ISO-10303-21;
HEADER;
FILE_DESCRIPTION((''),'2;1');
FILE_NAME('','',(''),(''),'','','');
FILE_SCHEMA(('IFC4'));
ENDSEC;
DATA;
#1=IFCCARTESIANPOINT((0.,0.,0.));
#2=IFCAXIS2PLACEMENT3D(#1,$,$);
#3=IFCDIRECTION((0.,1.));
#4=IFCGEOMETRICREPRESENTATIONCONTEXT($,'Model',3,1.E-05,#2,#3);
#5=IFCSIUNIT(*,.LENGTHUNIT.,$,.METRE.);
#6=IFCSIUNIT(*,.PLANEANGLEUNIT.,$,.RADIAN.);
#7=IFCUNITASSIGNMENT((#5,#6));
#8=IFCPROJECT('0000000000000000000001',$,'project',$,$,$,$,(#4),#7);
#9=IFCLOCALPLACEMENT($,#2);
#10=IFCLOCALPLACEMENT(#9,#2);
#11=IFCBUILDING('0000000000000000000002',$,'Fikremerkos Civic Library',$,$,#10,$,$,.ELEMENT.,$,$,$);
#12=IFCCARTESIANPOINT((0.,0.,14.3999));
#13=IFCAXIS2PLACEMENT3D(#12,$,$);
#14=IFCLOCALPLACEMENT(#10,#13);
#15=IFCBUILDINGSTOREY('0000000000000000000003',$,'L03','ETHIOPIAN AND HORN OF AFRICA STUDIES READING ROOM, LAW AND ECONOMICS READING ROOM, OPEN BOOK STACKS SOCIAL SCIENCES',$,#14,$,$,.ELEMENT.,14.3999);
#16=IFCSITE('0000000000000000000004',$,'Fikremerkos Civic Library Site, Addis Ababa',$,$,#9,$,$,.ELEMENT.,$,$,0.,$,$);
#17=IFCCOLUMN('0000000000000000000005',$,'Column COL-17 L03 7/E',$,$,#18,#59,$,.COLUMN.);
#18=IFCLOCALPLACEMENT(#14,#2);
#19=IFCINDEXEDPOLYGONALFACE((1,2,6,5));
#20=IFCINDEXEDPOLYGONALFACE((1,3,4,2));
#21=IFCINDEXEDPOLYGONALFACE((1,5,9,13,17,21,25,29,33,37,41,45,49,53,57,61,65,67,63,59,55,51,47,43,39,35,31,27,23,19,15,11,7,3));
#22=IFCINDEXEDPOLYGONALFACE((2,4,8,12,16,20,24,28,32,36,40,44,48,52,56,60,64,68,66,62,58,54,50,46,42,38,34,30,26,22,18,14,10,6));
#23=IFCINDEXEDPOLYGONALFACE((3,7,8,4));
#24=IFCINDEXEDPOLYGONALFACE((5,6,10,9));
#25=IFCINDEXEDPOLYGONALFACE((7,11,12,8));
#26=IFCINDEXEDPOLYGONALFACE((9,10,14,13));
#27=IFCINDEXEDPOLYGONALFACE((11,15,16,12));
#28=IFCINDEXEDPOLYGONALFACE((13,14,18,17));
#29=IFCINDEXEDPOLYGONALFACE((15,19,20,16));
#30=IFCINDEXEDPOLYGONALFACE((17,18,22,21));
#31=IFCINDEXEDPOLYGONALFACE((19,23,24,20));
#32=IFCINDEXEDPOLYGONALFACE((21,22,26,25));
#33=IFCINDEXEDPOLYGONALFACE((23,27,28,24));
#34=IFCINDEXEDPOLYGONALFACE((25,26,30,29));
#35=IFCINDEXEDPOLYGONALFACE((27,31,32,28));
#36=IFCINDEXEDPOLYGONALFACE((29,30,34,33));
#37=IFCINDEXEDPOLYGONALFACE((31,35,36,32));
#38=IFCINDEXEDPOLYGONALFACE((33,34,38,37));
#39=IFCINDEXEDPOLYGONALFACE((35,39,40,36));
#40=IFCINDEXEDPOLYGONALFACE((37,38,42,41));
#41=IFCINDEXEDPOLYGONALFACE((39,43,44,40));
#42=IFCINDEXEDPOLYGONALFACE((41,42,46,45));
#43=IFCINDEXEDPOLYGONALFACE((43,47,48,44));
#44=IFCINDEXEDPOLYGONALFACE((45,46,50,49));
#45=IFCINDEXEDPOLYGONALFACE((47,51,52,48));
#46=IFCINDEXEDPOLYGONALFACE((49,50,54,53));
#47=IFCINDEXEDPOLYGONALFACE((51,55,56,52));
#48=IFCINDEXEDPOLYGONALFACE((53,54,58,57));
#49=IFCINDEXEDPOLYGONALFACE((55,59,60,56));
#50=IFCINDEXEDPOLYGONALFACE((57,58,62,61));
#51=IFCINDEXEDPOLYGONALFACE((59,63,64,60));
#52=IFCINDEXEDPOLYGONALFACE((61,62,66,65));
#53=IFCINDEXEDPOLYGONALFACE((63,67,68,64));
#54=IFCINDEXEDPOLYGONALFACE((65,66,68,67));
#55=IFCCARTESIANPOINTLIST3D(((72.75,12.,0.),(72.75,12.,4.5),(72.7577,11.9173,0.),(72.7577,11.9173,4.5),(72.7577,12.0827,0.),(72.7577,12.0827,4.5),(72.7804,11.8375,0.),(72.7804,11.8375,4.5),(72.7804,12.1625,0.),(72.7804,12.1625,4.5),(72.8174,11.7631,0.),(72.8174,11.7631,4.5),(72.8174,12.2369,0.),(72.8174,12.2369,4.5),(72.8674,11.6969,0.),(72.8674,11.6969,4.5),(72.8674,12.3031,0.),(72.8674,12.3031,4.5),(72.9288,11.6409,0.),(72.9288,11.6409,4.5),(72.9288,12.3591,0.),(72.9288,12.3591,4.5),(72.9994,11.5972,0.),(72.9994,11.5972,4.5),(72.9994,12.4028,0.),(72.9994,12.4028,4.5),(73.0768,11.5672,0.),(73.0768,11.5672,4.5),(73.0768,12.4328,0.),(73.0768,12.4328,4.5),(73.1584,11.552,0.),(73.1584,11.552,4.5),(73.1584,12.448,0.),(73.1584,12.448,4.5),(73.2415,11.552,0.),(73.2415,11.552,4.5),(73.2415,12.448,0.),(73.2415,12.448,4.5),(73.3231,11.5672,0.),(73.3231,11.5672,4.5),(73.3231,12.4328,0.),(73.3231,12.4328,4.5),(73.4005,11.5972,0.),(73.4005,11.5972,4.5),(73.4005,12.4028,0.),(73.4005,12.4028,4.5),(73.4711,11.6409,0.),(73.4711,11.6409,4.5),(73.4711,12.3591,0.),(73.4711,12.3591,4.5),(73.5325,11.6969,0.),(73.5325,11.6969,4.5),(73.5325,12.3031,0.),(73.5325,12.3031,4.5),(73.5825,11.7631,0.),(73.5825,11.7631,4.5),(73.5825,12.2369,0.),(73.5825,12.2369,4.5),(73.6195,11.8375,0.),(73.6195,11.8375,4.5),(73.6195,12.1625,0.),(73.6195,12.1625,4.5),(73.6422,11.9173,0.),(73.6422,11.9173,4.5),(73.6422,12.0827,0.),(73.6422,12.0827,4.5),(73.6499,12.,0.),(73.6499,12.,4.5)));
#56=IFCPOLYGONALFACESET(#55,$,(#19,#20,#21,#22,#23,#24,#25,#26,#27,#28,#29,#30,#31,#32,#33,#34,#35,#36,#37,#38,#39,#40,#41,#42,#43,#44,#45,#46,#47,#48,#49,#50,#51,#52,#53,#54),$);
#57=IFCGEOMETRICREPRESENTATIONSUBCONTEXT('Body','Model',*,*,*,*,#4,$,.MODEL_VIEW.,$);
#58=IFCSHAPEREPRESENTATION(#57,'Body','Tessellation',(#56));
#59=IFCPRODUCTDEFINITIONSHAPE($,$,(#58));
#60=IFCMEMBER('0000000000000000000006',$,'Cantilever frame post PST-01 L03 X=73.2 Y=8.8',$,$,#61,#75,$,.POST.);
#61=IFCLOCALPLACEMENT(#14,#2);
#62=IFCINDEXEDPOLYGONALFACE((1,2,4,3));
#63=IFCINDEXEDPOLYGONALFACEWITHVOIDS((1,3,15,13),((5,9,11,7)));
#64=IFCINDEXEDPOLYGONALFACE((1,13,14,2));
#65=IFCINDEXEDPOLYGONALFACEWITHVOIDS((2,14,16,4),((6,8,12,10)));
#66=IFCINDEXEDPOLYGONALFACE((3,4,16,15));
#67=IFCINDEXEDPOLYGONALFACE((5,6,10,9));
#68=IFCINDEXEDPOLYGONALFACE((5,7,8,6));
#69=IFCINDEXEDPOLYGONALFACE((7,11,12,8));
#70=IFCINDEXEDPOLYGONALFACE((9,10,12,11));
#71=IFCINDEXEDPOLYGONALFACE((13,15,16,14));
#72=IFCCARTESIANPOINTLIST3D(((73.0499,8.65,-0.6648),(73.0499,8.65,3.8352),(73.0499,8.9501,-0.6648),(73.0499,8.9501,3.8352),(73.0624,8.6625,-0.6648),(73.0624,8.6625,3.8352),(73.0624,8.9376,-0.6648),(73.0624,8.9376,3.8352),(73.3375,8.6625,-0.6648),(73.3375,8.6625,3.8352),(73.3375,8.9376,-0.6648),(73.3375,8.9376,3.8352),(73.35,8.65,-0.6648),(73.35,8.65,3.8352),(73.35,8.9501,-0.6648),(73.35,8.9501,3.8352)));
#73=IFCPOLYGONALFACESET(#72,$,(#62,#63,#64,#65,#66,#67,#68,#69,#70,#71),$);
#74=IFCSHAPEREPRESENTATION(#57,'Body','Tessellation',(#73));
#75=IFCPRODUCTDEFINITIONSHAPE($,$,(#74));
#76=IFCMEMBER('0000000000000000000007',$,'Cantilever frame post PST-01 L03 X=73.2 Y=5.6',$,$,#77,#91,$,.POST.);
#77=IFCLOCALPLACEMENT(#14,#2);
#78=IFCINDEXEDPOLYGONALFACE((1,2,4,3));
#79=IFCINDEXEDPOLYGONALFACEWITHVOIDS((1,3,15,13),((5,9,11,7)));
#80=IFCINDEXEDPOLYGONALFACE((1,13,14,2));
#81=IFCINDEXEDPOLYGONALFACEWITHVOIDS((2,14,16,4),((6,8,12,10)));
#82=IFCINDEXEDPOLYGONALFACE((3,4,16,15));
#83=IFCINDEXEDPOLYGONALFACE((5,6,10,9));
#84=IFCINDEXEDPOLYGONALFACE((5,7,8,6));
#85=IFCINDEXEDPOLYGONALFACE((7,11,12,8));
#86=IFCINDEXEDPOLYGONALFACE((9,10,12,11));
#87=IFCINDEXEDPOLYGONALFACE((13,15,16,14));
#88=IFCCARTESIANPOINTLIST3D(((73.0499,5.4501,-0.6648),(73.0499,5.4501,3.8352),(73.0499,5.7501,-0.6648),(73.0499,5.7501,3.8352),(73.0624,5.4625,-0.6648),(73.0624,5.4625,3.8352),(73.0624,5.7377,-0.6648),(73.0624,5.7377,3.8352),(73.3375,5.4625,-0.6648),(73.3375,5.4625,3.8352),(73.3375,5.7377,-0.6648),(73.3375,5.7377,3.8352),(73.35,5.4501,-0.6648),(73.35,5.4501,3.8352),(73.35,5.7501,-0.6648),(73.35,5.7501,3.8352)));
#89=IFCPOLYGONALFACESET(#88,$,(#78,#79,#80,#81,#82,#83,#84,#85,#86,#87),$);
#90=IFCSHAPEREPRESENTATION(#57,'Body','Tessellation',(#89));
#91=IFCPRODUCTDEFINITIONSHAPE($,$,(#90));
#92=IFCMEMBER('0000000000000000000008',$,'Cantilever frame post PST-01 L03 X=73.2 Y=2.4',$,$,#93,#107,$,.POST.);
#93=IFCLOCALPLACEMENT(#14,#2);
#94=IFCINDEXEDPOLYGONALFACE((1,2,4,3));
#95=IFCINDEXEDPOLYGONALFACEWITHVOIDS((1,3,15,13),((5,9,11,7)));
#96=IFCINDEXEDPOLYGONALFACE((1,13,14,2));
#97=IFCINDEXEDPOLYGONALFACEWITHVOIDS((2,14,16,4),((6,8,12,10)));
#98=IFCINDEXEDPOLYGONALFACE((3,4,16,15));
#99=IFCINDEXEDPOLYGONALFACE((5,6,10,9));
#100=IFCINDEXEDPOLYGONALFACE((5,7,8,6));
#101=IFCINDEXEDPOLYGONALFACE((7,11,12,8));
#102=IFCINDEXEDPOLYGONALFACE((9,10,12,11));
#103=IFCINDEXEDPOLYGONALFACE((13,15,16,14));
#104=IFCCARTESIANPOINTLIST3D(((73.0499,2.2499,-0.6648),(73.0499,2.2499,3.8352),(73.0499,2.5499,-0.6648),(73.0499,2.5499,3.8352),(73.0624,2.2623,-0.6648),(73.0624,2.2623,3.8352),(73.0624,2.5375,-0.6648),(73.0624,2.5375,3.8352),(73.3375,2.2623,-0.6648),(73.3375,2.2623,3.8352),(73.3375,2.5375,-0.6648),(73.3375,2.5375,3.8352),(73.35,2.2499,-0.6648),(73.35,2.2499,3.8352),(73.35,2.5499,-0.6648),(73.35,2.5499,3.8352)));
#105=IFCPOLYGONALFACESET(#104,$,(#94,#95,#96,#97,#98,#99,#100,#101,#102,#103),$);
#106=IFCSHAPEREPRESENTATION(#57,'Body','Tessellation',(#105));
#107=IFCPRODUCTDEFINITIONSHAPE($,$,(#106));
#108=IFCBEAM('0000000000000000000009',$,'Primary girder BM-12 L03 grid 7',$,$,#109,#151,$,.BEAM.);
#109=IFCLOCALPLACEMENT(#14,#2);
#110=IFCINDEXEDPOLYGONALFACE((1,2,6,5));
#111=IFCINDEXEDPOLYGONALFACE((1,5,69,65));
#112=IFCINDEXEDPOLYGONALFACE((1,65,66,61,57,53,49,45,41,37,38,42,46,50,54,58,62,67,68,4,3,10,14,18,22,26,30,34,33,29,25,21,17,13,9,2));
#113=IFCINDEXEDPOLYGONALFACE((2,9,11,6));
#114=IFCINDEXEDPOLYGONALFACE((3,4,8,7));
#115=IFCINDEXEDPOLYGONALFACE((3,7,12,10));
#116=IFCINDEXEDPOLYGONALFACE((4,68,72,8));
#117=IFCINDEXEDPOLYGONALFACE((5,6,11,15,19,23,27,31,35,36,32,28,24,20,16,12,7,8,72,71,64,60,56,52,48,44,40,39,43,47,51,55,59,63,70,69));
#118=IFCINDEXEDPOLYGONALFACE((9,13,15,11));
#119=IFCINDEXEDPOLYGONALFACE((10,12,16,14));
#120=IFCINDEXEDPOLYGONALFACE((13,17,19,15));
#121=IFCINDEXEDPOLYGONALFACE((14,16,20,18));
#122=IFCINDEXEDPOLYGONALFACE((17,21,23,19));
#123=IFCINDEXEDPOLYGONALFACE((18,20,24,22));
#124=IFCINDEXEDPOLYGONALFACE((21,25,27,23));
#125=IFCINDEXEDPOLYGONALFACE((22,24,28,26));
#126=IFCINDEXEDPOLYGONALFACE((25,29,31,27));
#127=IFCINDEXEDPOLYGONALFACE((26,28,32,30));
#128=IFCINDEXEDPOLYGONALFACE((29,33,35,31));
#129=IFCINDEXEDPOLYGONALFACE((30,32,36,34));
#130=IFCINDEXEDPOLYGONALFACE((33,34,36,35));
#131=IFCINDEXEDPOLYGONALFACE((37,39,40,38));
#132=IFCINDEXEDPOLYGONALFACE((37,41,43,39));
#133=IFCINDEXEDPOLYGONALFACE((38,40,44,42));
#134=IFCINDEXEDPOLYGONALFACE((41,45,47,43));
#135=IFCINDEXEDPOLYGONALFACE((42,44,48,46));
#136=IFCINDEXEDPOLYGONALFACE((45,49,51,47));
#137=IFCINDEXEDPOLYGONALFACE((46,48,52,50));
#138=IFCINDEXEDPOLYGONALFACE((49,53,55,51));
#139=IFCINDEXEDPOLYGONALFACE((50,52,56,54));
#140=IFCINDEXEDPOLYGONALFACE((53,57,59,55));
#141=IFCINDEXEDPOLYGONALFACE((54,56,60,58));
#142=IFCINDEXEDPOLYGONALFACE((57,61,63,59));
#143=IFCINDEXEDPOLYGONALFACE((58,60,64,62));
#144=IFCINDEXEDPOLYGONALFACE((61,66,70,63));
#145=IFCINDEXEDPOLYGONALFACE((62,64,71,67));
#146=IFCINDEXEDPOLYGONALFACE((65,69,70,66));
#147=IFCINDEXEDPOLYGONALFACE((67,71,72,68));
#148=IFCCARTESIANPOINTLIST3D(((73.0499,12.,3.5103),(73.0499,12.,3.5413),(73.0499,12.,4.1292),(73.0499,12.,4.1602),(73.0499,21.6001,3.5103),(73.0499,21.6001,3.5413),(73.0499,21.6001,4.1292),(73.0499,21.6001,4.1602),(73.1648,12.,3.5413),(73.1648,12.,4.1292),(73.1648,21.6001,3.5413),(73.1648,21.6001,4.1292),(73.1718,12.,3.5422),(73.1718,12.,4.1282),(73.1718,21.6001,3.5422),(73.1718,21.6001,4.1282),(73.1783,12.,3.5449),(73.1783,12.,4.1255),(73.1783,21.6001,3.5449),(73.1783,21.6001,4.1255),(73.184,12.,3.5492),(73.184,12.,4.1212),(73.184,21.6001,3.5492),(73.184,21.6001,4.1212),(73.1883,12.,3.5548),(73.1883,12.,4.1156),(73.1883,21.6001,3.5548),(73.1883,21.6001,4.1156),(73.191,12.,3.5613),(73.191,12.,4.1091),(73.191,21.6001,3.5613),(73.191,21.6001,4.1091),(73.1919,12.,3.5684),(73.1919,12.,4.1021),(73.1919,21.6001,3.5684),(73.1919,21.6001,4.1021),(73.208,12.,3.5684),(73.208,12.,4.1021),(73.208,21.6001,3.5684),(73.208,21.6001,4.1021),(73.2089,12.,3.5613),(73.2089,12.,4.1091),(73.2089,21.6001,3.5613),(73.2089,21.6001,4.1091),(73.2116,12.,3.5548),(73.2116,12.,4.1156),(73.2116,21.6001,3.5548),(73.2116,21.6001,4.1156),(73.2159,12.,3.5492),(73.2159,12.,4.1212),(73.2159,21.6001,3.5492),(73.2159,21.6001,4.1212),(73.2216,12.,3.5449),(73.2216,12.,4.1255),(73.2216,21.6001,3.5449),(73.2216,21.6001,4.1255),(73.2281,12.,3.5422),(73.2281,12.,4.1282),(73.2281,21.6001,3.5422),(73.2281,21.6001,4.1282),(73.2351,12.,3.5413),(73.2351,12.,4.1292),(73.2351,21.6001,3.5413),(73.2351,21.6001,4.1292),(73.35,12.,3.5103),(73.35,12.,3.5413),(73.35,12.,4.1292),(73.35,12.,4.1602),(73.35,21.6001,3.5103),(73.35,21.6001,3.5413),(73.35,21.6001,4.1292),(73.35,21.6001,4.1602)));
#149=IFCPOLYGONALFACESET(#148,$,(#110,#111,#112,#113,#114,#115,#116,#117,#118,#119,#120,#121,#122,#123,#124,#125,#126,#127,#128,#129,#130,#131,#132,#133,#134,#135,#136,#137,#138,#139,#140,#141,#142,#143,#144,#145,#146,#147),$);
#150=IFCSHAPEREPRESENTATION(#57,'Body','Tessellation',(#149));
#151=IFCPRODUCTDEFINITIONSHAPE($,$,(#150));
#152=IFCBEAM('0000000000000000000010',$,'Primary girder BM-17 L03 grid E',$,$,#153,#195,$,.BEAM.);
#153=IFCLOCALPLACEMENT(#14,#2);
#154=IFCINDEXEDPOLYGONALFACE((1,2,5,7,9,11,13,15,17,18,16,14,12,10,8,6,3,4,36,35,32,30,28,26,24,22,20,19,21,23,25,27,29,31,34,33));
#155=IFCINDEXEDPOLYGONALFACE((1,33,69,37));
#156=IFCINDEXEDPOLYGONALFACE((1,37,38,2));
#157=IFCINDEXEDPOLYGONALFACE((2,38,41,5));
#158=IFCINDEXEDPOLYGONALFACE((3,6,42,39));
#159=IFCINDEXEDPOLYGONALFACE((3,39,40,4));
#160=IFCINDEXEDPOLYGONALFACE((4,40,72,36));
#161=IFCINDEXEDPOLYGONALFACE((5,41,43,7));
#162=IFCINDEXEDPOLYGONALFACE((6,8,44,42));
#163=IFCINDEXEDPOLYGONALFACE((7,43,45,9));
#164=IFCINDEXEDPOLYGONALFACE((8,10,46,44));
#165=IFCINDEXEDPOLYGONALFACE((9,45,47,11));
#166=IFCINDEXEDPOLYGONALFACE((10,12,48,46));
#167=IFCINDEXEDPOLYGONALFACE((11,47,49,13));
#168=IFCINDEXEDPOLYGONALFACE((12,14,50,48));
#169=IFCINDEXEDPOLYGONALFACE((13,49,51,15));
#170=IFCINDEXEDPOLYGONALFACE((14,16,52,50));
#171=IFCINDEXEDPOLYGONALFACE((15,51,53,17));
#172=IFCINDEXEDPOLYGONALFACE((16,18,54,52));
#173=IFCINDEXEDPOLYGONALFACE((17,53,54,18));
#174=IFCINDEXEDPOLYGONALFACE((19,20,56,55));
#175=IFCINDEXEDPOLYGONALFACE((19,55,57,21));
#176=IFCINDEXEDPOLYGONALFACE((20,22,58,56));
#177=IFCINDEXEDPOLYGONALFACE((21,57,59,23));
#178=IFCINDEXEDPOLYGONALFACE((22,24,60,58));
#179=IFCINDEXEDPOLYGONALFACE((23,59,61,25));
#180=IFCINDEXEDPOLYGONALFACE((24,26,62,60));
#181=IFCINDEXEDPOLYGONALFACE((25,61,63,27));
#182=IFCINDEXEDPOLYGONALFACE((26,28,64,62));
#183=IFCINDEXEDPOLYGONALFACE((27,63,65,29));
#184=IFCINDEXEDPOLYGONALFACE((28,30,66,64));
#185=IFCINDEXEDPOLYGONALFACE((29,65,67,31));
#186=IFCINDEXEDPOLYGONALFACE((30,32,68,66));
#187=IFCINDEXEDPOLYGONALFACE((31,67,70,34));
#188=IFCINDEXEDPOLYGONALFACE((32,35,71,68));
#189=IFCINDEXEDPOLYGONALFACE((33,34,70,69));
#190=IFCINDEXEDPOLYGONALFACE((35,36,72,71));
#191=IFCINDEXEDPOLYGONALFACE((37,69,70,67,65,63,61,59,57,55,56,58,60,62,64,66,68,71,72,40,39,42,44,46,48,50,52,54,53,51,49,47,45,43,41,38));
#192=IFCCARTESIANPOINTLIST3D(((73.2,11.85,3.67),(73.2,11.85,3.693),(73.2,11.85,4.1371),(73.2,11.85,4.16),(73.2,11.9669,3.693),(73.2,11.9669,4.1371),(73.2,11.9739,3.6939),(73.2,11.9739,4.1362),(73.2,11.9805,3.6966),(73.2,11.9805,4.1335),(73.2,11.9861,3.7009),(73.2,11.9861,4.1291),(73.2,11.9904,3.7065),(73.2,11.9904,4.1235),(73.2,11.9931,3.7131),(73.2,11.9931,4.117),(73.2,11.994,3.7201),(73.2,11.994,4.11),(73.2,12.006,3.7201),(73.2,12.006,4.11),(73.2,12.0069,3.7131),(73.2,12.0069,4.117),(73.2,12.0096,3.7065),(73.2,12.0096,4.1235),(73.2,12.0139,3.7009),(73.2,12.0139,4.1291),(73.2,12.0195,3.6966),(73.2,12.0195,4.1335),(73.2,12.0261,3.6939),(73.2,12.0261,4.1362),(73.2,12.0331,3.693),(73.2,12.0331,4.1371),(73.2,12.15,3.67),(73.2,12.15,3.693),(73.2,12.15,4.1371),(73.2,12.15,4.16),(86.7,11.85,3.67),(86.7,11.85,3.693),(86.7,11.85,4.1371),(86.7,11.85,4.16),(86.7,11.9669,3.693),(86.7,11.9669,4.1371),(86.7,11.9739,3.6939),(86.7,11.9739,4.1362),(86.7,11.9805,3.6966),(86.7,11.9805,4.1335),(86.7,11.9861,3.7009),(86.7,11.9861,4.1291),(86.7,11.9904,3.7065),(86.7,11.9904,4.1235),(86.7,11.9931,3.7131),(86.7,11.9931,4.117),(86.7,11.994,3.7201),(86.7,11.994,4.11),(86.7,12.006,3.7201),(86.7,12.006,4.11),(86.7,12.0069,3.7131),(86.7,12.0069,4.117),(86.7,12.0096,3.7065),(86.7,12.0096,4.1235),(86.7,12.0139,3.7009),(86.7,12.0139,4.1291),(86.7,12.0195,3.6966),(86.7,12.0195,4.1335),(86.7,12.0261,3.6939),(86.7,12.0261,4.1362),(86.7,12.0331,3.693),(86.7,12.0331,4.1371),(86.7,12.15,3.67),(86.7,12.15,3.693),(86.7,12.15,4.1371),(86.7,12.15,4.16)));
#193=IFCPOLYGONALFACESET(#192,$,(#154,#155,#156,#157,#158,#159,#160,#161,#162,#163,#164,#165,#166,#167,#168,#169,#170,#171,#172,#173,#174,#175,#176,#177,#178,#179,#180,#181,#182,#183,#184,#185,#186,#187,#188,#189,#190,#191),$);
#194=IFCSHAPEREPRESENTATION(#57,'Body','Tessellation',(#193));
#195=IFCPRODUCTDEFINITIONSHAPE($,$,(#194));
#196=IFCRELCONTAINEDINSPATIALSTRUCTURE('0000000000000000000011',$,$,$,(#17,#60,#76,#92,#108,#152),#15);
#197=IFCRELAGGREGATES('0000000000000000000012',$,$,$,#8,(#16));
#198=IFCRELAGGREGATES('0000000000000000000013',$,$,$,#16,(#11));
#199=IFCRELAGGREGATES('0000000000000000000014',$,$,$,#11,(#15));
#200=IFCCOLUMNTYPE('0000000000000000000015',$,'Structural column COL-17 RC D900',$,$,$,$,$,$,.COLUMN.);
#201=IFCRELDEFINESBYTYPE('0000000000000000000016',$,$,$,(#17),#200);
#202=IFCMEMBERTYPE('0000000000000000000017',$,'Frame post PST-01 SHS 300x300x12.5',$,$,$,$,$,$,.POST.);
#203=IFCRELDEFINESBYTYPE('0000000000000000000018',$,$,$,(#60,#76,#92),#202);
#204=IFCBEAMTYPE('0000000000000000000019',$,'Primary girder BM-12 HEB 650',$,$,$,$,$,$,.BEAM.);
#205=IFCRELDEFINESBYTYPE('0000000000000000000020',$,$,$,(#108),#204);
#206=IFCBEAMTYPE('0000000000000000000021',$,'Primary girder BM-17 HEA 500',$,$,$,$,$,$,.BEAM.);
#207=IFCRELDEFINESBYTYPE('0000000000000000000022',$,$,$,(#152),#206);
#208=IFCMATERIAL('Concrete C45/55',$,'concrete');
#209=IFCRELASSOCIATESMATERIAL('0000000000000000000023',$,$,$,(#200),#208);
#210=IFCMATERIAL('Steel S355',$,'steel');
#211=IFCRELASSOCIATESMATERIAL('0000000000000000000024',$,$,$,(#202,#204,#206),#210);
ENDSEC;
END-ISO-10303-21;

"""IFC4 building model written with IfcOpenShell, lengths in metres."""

from ifc_helpers import new_model, si_unit, direction, frame, origin, origin_2d, place, context, subcontext, project, spatial, hollow_rectangle, circle, i_section, extrude, material, material_profile, profile_set, type_object, element, save


model = new_model("IFC4")

# Units and contexts
model_context = context("Model", 3, precision=1e-05, world=origin(), true_north=direction((0.0, 1.0)))
body_context = subcontext(model_context, "Body", "Model", "MODEL_VIEW")
ifc_project = project(units=[si_unit("LENGTHUNIT", "METRE"), si_unit("PLANEANGLEUNIT", "RADIAN")], contexts=[model_context])

# Site, building, storey
site_placement = place(None, origin())
site = spatial("IfcSite", under=ifc_project, at=site_placement, Name="Fikremerkos Civic Library Site, Addis Ababa", CompositionType="ELEMENT", RefElevation=0.0)
building_placement = place(site_placement, origin())
building = spatial("IfcBuilding", under=site, at=building_placement, Name="Fikremerkos Civic Library", CompositionType="ELEMENT")
storey_placement = place(building_placement, frame((0.0, 0.0, 14.3999)))
storey = spatial("IfcBuildingStorey", under=building, at=storey_placement, Name="L03", Description="ETHIOPIAN AND HORN OF AFRICA STUDIES READING ROOM, LAW AND ECONOMICS READING ROOM, OPEN BOOK STACKS SOCIAL SCIENCES", CompositionType="ELEMENT", Elevation=14.3999)

# Column
ifc_material_1 = material(Name="Concrete C45/55", Category="concrete")
ifc_material_profile_1 = material_profile(ifc_material_1, circle(Radius=0.45, at=origin_2d()), Name="RC D900")
ifc_profile_set_1 = profile_set([ifc_material_profile_1], Name="Concrete C45/55")
column_type = type_object("IfcColumnType", Name="Structural column COL-17 RC D900", PredefinedType="COLUMN", material=ifc_profile_set_1)
column_placement = place(storey_placement, frame((73.2, 12.0, 0.0), z_axis=(0.0, 0.0, 1.0), x_axis=(1.0, 0.0, 0.0)))
element("IfcColumn", 1, at=column_placement, inside=storey, type_object=column_type, Name="Column COL-17 L03 7/E", PredefinedType="COLUMN", context=body_context, shape_type="SweptSolid", body=[
    extrude(circle(Radius=0.45, at=origin_2d()), origin(), (0.0, 0.0, 1.0), 4.5),
])

# Members
ifc_material_2 = material(Name="Steel S355", Category="steel")
ifc_material_profile_2 = material_profile(ifc_material_2, hollow_rectangle(XDim=0.3, YDim=0.3, WallThickness=0.0125, at=origin_2d()), Name="SHS 300x300x12.5")
ifc_profile_set_2 = profile_set([ifc_material_profile_2], Name="Steel S355")
member_type = type_object("IfcMemberType", Name="Frame post PST-01 SHS 300x300x12.5", PredefinedType="POST", material=ifc_profile_set_2)
for number, where, z_axis, x_axis, name in (
    (2, (73.2, 8.8, -0.6648), (0.0, 0.0, 1.0), (1.0, 0.0, 0.0), "Cantilever frame post PST-01 L03 X=73.2 Y=8.8"),
    (3, (73.2, 5.6001, -0.6648), (0.0, 0.0, 1.0), (1.0, 0.0, 0.0), "Cantilever frame post PST-01 L03 X=73.2 Y=5.6"),
    (4, (73.2, 2.3999, -0.6648), (0.0, 0.0, 1.0), (1.0, 0.0, 0.0), "Cantilever frame post PST-01 L03 X=73.2 Y=2.4"),
):
    element("IfcMember", number, at=place(storey_placement, frame(where, z_axis=z_axis, x_axis=x_axis)), inside=storey, type_object=member_type, Name=name, PredefinedType="POST", context=body_context, shape_type="SweptSolid", body=[
        extrude(hollow_rectangle(XDim=0.3, YDim=0.3, WallThickness=0.0125, at=origin_2d()), origin(), (0.0, 0.0, 1.0), 4.5),
    ])

# Beams
ifc_material_profile_3 = material_profile(ifc_material_2, i_section(OverallWidth=0.3, OverallDepth=0.6499, WebThickness=0.0161, FlangeThickness=0.031, FilletRadius=0.0271, at=origin_2d()), Name="HEB 650")
ifc_profile_set_3 = profile_set([ifc_material_profile_3], Name="Steel S355")
beam_type_1 = type_object("IfcBeamType", Name="Primary girder BM-12 HEB 650", PredefinedType="BEAM", material=ifc_profile_set_3)
beam_1_placement = place(storey_placement, frame((73.2, 12.0, 3.8352), z_axis=(0.0, 1.0, 0.0), x_axis=(-1.0, 0.0, 0.0)))
element("IfcBeam", 5, at=beam_1_placement, inside=storey, type_object=beam_type_1, Name="Primary girder BM-12 L03 grid 7", PredefinedType="BEAM", context=body_context, shape_type="SweptSolid", body=[
    extrude(i_section(OverallWidth=0.3, OverallDepth=0.6499, WebThickness=0.0161, FlangeThickness=0.031, FilletRadius=0.0271, at=origin_2d()), origin(), (0.0, 0.0, 1.0), 9.6001),
])
ifc_material_profile_4 = material_profile(ifc_material_2, i_section(OverallWidth=0.3, OverallDepth=0.49, WebThickness=0.012, FlangeThickness=0.0229, FilletRadius=0.0271, at=origin_2d()), Name="HEA 500")
ifc_profile_set_4 = profile_set([ifc_material_profile_4], Name="Steel S355")
beam_type_2 = type_object("IfcBeamType", Name="Primary girder BM-17 HEA 500", PredefinedType="BEAM", material=ifc_profile_set_4)
beam_2_placement = place(storey_placement, frame((73.2, 12.0, 3.915), z_axis=(1.0, 0.0, 0.0), x_axis=(0.0, 1.0, 0.0)))
element("IfcBeam", 6, at=beam_2_placement, inside=storey, type_object=beam_type_2, Name="Primary girder BM-17 L03 grid E", PredefinedType="BEAM", context=body_context, shape_type="SweptSolid", body=[
    extrude(i_section(OverallWidth=0.3, OverallDepth=0.49, WebThickness=0.012, FlangeThickness=0.0229, FilletRadius=0.0271, at=origin_2d()), origin(), (0.0, 0.0, 1.0), 13.5),
])

save(model, "model.ifc")
